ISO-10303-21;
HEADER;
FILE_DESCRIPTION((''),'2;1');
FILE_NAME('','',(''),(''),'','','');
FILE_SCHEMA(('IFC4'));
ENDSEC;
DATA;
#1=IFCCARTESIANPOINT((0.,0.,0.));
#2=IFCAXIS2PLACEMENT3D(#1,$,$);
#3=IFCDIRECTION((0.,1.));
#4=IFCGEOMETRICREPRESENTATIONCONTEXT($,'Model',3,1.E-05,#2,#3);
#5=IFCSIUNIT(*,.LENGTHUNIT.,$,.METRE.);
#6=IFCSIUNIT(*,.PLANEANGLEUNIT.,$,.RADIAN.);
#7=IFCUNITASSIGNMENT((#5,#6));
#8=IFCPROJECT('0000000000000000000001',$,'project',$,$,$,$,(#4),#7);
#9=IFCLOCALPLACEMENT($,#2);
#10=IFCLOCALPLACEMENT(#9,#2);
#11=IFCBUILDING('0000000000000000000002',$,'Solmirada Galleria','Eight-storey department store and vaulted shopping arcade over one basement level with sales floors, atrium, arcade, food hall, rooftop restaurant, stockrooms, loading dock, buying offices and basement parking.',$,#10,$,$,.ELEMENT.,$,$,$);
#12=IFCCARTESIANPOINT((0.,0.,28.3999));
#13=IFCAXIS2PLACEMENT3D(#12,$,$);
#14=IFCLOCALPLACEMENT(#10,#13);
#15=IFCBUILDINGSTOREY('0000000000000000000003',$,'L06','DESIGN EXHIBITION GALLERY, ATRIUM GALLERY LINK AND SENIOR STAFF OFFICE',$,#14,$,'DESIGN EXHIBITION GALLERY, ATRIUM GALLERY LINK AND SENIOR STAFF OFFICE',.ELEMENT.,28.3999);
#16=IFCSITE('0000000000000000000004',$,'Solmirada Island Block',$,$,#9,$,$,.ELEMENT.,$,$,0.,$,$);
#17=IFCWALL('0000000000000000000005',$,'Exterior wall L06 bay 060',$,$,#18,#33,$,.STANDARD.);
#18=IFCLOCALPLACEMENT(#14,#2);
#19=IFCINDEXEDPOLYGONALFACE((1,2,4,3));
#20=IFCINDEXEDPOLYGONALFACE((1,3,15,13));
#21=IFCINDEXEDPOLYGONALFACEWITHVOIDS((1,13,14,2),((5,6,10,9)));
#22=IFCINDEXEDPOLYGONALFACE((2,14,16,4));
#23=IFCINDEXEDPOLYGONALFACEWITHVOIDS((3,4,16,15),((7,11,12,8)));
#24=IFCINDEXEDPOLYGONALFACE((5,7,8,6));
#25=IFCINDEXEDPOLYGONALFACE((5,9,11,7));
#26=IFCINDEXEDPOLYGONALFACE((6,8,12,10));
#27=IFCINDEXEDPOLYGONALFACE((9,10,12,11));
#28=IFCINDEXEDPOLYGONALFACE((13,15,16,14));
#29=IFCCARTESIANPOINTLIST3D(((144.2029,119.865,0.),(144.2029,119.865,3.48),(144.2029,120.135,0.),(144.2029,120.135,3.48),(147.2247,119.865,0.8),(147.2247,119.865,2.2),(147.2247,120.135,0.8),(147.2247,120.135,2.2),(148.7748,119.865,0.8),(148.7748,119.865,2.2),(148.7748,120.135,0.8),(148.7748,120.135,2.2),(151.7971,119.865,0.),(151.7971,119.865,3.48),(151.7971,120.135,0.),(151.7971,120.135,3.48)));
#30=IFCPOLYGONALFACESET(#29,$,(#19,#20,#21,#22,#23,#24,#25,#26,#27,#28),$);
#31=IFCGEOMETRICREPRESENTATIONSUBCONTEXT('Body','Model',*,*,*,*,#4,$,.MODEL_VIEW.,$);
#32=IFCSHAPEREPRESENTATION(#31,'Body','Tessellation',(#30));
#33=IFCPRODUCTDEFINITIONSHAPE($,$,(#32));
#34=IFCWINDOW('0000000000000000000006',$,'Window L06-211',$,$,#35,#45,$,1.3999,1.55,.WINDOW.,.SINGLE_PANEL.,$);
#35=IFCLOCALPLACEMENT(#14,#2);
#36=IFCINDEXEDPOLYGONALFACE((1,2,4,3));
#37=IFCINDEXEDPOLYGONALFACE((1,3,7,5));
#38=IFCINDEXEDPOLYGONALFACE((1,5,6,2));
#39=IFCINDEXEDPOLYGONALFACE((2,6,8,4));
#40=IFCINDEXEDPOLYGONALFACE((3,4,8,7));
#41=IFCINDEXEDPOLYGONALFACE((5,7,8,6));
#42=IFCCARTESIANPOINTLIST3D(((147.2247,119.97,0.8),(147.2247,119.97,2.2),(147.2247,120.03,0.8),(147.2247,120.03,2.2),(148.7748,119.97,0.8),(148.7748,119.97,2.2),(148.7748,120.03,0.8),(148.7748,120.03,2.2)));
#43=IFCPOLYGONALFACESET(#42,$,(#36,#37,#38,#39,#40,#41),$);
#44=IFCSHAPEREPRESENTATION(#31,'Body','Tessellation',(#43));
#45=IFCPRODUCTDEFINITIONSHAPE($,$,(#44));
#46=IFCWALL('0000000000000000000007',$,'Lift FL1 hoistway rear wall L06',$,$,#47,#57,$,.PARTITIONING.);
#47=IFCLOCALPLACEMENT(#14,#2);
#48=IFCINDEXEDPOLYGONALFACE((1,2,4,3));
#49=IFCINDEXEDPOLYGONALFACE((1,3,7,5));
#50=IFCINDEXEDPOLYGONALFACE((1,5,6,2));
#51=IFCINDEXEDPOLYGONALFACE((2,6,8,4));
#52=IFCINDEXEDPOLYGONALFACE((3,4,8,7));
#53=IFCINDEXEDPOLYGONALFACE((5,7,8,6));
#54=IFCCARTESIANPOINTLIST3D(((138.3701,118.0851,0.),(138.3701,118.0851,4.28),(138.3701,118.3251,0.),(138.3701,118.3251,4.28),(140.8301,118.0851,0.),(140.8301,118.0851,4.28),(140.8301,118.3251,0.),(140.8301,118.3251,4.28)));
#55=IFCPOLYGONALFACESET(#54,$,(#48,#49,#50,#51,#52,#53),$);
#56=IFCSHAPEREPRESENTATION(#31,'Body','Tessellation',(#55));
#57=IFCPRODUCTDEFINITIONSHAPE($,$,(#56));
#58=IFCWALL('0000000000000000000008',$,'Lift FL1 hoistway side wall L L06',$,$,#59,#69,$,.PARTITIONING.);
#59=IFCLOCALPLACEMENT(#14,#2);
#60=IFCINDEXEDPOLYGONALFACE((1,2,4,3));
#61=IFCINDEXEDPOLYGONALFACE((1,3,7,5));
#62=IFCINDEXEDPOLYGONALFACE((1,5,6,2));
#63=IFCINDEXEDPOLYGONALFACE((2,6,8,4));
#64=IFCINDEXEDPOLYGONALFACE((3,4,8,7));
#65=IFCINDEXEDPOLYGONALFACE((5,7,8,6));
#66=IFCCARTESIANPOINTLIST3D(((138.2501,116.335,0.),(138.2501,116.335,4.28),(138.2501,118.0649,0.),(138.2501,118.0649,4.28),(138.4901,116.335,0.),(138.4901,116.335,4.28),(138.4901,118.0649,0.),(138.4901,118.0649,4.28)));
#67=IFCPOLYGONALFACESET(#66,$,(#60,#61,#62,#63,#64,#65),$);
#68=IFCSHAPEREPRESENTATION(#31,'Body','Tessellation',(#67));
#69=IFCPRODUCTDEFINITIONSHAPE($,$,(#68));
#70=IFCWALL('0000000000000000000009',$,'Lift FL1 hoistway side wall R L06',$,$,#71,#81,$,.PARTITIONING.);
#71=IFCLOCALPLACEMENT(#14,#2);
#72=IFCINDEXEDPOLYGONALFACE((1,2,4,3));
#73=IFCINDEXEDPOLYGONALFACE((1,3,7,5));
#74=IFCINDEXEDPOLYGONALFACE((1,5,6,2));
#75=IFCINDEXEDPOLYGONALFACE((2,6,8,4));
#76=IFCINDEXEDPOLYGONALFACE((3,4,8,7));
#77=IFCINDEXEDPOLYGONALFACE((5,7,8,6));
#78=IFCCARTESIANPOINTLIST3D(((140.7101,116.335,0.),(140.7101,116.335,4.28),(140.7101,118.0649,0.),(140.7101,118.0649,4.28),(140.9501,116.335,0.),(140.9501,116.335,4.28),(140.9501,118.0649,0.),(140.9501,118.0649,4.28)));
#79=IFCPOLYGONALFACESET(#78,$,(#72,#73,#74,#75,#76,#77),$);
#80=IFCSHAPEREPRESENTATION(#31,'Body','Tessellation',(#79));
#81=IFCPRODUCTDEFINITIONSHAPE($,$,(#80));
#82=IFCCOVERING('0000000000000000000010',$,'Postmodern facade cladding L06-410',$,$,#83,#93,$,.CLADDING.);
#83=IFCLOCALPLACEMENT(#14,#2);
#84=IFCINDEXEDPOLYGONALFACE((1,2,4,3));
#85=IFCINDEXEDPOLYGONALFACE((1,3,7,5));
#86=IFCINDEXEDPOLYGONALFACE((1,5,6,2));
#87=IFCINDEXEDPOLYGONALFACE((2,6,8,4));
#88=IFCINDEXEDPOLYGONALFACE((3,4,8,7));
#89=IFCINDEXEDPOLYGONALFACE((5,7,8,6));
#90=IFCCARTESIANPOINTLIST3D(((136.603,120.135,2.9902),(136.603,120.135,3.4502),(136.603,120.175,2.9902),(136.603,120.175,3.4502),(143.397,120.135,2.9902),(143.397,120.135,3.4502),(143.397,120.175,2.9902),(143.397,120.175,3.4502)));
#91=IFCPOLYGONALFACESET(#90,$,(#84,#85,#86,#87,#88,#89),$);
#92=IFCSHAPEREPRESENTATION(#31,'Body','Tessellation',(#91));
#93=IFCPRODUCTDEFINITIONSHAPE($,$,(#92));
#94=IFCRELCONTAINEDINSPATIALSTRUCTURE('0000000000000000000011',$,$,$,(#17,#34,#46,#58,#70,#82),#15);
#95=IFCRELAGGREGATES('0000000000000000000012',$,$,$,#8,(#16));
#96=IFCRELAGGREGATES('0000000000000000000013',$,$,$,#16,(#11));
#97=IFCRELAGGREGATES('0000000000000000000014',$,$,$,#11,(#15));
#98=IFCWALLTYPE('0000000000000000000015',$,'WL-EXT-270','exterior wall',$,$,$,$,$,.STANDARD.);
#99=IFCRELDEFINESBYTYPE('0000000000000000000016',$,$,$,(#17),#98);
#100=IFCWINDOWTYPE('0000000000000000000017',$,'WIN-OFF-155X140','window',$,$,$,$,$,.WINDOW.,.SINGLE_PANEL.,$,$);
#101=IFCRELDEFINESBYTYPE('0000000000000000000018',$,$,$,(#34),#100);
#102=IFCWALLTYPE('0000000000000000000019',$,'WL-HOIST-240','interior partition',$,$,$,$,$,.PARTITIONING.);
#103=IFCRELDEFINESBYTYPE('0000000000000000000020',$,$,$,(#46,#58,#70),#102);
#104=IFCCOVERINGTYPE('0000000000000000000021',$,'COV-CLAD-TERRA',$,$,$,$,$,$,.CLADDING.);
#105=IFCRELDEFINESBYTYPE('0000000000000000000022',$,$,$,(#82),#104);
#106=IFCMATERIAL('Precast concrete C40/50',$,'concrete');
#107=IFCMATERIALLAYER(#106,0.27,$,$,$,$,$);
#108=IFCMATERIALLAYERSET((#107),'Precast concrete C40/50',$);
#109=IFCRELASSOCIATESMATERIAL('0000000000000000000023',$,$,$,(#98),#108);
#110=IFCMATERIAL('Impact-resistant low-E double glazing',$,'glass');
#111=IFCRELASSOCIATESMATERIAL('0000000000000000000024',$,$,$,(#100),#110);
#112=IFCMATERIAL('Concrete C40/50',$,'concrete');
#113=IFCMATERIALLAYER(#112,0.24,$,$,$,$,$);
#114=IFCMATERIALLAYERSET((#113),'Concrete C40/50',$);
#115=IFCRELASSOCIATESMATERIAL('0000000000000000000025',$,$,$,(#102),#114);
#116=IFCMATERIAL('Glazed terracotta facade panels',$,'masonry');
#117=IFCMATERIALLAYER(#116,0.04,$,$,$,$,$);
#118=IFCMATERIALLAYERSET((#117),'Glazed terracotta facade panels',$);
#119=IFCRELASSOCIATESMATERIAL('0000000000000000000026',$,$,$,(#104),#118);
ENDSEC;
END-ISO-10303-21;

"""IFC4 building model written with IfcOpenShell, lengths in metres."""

from ifc_helpers import new_model, si_unit, direction, frame, frame_2d, origin, origin_2d, place, context, subcontext, project, spatial, rectangle, extrude, material, layer, layer_set, type_object, element, fill, save


model = new_model("IFC4")

# Units and contexts
model_context = context("Model", 3, precision=1e-05, world=origin(), true_north=direction((0.0, 1.0)))
body_context = subcontext(model_context, "Body", "Model", "MODEL_VIEW")
ifc_project = project(units=[si_unit("LENGTHUNIT", "METRE"), si_unit("PLANEANGLEUNIT", "RADIAN")], contexts=[model_context])

# Site, building, storey
site_placement = place(None, origin())
site = spatial("IfcSite", under=ifc_project, at=site_placement, Name="Solmirada Island Block", CompositionType="ELEMENT", RefElevation=0.0)
building_placement = place(site_placement, origin())
building = spatial("IfcBuilding", under=site, at=building_placement, Name="Solmirada Galleria", Description="Eight-storey department store and vaulted shopping arcade over one basement level with sales floors, atrium, arcade, food hall, rooftop restaurant, stockrooms, loading dock, buying offices and basement parking.", CompositionType="ELEMENT")
storey_placement = place(building_placement, frame((0.0, 0.0, 28.3999)))
storey = spatial("IfcBuildingStorey", under=building, at=storey_placement, Name="L06", Description="DESIGN EXHIBITION GALLERY, ATRIUM GALLERY LINK AND SENIOR STAFF OFFICE", LongName="DESIGN EXHIBITION GALLERY, ATRIUM GALLERY LINK AND SENIOR STAFF OFFICE", CompositionType="ELEMENT", Elevation=28.3999)

# Shared definitions
ifc_material_1 = material(Name="Concrete C40/50", Category="concrete")
ifc_material_2 = material(Name="Precast concrete C40/50", Category="concrete")
ifc_layer_1 = layer(ifc_material_2, 0.27)
ifc_layer_set_1 = layer_set([ifc_layer_1], Name="Precast concrete C40/50")
wall_type_1 = type_object("IfcWallType", Name="WL-EXT-270", Description="exterior wall", PredefinedType="STANDARD", material=ifc_layer_set_1)

# Wall, opening, window
wall_1_placement = place(storey_placement, frame((144.2029, 120.0, 0.0), z_axis=(0.0, 0.0, 1.0), x_axis=(1.0, 0.0, 0.0)))
wall_1 = element("IfcWall", 1, at=wall_1_placement, inside=storey, type_object=wall_type_1, Name="Exterior wall L06 bay 060", PredefinedType="STANDARD", context=body_context, shape_type="SweptSolid", body=[
    extrude(rectangle(XDim=7.5942, YDim=0.27, at=frame_2d((3.7971, 0.0))), origin(), (0.0, 0.0, 1.0), 3.48),
])
opening_1_placement = place(wall_1_placement, frame((3.022, 0.0, 0.8)))
opening_1 = element("IfcOpeningElement", 2, at=opening_1_placement, cuts=wall_1, PredefinedType="OPENING", context=body_context, shape_type="SweptSolid", body=[
    extrude(rectangle(XDim=1.55, YDim=1.3999, at=frame_2d((0.7749, 0.7))), frame((0.0, 0.145, 0.0), z_axis=(0.0, -1.0, 0.0), x_axis=(1.0, 0.0, 0.0)), (0.0, 0.0, 1.0), 0.29),
])
ifc_material_3 = material(Name="Impact-resistant low-E double glazing", Category="glass")
window_type = type_object("IfcWindowType", Name="WIN-OFF-155X140", Description="window", PartitioningType="SINGLE_PANEL", PredefinedType="WINDOW", material=ifc_material_3)
window_placement = place(opening_1_placement, origin())
window = element("IfcWindow", 3, at=window_placement, inside=storey, type_object=window_type, Name="Window L06-211", OverallHeight=1.3999, OverallWidth=1.55, PartitioningType="SINGLE_PANEL", PredefinedType="WINDOW", context=body_context, shape_type="SweptSolid", body=[
    extrude(rectangle(XDim=1.55, YDim=1.3999, at=frame_2d((0.7749, 0.7))), frame((0.0, 0.03, 0.0), z_axis=(0.0, -1.0, 0.0), x_axis=(1.0, 0.0, 0.0)), (0.0, 0.0, 1.0), 0.0601),
])
fill(opening_1, window)

# Shared definitions
ifc_layer_2 = layer(ifc_material_1, 0.24)
ifc_layer_set_2 = layer_set([ifc_layer_2], Name="Concrete C40/50")
wall_type_2 = type_object("IfcWallType", Name="WL-HOIST-240", Description="interior partition", PredefinedType="PARTITIONING", material=ifc_layer_set_2)

# Walls
wall_2_placement = place(storey_placement, frame((138.3701, 118.2051, 0.0), z_axis=(0.0, 0.0, 1.0), x_axis=(1.0, 0.0, 0.0)))
element("IfcWall", 4, at=wall_2_placement, inside=storey, type_object=wall_type_2, Name="Lift FL1 hoistway rear wall L06", PredefinedType="PARTITIONING", context=body_context, shape_type="SweptSolid", body=[
    extrude(rectangle(XDim=2.46, YDim=0.24, at=frame_2d((1.23, 0.0))), origin(), (0.0, 0.0, 1.0), 4.28),
])
for number, where, z_axis, x_axis, name in (
    (5, (138.3701, 116.335, 0.0), (0.0, 0.0, 1.0), (0.0, 1.0, 0.0), "Lift FL1 hoistway side wall L L06"),
    (6, (140.8301, 116.335, 0.0), (0.0, 0.0, 1.0), (0.0, 1.0, 0.0), "Lift FL1 hoistway side wall R L06"),
):
    element("IfcWall", number, at=place(storey_placement, frame(where, z_axis=z_axis, x_axis=x_axis)), inside=storey, type_object=wall_type_2, Name=name, PredefinedType="PARTITIONING", context=body_context, shape_type="SweptSolid", body=[
        extrude(rectangle(XDim=1.73, YDim=0.24, at=frame_2d((0.865, 0.0))), origin(), (0.0, 0.0, 1.0), 4.28),
    ])

# Covering
ifc_material_4 = material(Name="Glazed terracotta facade panels", Category="masonry")
ifc_layer_3 = layer(ifc_material_4, 0.04)
ifc_layer_set_3 = layer_set([ifc_layer_3], Name="Glazed terracotta facade panels")
covering_type = type_object("IfcCoveringType", Name="COV-CLAD-TERRA", PredefinedType="CLADDING", material=ifc_layer_set_3)
covering_placement = place(storey_placement, frame((140.0, 120.155, 2.9902), z_axis=(0.0, 0.0, 1.0), x_axis=(1.0, 0.0, 0.0)))
element("IfcCovering", 7, at=covering_placement, inside=storey, type_object=covering_type, Name="Postmodern facade cladding L06-410", PredefinedType="CLADDING", context=body_context, shape_type="SweptSolid", body=[
    extrude(rectangle(XDim=6.7939, YDim=0.04, at=origin_2d()), origin(), (0.0, 0.0, 1.0), 0.46),
])

save(model, "model.ifc")
